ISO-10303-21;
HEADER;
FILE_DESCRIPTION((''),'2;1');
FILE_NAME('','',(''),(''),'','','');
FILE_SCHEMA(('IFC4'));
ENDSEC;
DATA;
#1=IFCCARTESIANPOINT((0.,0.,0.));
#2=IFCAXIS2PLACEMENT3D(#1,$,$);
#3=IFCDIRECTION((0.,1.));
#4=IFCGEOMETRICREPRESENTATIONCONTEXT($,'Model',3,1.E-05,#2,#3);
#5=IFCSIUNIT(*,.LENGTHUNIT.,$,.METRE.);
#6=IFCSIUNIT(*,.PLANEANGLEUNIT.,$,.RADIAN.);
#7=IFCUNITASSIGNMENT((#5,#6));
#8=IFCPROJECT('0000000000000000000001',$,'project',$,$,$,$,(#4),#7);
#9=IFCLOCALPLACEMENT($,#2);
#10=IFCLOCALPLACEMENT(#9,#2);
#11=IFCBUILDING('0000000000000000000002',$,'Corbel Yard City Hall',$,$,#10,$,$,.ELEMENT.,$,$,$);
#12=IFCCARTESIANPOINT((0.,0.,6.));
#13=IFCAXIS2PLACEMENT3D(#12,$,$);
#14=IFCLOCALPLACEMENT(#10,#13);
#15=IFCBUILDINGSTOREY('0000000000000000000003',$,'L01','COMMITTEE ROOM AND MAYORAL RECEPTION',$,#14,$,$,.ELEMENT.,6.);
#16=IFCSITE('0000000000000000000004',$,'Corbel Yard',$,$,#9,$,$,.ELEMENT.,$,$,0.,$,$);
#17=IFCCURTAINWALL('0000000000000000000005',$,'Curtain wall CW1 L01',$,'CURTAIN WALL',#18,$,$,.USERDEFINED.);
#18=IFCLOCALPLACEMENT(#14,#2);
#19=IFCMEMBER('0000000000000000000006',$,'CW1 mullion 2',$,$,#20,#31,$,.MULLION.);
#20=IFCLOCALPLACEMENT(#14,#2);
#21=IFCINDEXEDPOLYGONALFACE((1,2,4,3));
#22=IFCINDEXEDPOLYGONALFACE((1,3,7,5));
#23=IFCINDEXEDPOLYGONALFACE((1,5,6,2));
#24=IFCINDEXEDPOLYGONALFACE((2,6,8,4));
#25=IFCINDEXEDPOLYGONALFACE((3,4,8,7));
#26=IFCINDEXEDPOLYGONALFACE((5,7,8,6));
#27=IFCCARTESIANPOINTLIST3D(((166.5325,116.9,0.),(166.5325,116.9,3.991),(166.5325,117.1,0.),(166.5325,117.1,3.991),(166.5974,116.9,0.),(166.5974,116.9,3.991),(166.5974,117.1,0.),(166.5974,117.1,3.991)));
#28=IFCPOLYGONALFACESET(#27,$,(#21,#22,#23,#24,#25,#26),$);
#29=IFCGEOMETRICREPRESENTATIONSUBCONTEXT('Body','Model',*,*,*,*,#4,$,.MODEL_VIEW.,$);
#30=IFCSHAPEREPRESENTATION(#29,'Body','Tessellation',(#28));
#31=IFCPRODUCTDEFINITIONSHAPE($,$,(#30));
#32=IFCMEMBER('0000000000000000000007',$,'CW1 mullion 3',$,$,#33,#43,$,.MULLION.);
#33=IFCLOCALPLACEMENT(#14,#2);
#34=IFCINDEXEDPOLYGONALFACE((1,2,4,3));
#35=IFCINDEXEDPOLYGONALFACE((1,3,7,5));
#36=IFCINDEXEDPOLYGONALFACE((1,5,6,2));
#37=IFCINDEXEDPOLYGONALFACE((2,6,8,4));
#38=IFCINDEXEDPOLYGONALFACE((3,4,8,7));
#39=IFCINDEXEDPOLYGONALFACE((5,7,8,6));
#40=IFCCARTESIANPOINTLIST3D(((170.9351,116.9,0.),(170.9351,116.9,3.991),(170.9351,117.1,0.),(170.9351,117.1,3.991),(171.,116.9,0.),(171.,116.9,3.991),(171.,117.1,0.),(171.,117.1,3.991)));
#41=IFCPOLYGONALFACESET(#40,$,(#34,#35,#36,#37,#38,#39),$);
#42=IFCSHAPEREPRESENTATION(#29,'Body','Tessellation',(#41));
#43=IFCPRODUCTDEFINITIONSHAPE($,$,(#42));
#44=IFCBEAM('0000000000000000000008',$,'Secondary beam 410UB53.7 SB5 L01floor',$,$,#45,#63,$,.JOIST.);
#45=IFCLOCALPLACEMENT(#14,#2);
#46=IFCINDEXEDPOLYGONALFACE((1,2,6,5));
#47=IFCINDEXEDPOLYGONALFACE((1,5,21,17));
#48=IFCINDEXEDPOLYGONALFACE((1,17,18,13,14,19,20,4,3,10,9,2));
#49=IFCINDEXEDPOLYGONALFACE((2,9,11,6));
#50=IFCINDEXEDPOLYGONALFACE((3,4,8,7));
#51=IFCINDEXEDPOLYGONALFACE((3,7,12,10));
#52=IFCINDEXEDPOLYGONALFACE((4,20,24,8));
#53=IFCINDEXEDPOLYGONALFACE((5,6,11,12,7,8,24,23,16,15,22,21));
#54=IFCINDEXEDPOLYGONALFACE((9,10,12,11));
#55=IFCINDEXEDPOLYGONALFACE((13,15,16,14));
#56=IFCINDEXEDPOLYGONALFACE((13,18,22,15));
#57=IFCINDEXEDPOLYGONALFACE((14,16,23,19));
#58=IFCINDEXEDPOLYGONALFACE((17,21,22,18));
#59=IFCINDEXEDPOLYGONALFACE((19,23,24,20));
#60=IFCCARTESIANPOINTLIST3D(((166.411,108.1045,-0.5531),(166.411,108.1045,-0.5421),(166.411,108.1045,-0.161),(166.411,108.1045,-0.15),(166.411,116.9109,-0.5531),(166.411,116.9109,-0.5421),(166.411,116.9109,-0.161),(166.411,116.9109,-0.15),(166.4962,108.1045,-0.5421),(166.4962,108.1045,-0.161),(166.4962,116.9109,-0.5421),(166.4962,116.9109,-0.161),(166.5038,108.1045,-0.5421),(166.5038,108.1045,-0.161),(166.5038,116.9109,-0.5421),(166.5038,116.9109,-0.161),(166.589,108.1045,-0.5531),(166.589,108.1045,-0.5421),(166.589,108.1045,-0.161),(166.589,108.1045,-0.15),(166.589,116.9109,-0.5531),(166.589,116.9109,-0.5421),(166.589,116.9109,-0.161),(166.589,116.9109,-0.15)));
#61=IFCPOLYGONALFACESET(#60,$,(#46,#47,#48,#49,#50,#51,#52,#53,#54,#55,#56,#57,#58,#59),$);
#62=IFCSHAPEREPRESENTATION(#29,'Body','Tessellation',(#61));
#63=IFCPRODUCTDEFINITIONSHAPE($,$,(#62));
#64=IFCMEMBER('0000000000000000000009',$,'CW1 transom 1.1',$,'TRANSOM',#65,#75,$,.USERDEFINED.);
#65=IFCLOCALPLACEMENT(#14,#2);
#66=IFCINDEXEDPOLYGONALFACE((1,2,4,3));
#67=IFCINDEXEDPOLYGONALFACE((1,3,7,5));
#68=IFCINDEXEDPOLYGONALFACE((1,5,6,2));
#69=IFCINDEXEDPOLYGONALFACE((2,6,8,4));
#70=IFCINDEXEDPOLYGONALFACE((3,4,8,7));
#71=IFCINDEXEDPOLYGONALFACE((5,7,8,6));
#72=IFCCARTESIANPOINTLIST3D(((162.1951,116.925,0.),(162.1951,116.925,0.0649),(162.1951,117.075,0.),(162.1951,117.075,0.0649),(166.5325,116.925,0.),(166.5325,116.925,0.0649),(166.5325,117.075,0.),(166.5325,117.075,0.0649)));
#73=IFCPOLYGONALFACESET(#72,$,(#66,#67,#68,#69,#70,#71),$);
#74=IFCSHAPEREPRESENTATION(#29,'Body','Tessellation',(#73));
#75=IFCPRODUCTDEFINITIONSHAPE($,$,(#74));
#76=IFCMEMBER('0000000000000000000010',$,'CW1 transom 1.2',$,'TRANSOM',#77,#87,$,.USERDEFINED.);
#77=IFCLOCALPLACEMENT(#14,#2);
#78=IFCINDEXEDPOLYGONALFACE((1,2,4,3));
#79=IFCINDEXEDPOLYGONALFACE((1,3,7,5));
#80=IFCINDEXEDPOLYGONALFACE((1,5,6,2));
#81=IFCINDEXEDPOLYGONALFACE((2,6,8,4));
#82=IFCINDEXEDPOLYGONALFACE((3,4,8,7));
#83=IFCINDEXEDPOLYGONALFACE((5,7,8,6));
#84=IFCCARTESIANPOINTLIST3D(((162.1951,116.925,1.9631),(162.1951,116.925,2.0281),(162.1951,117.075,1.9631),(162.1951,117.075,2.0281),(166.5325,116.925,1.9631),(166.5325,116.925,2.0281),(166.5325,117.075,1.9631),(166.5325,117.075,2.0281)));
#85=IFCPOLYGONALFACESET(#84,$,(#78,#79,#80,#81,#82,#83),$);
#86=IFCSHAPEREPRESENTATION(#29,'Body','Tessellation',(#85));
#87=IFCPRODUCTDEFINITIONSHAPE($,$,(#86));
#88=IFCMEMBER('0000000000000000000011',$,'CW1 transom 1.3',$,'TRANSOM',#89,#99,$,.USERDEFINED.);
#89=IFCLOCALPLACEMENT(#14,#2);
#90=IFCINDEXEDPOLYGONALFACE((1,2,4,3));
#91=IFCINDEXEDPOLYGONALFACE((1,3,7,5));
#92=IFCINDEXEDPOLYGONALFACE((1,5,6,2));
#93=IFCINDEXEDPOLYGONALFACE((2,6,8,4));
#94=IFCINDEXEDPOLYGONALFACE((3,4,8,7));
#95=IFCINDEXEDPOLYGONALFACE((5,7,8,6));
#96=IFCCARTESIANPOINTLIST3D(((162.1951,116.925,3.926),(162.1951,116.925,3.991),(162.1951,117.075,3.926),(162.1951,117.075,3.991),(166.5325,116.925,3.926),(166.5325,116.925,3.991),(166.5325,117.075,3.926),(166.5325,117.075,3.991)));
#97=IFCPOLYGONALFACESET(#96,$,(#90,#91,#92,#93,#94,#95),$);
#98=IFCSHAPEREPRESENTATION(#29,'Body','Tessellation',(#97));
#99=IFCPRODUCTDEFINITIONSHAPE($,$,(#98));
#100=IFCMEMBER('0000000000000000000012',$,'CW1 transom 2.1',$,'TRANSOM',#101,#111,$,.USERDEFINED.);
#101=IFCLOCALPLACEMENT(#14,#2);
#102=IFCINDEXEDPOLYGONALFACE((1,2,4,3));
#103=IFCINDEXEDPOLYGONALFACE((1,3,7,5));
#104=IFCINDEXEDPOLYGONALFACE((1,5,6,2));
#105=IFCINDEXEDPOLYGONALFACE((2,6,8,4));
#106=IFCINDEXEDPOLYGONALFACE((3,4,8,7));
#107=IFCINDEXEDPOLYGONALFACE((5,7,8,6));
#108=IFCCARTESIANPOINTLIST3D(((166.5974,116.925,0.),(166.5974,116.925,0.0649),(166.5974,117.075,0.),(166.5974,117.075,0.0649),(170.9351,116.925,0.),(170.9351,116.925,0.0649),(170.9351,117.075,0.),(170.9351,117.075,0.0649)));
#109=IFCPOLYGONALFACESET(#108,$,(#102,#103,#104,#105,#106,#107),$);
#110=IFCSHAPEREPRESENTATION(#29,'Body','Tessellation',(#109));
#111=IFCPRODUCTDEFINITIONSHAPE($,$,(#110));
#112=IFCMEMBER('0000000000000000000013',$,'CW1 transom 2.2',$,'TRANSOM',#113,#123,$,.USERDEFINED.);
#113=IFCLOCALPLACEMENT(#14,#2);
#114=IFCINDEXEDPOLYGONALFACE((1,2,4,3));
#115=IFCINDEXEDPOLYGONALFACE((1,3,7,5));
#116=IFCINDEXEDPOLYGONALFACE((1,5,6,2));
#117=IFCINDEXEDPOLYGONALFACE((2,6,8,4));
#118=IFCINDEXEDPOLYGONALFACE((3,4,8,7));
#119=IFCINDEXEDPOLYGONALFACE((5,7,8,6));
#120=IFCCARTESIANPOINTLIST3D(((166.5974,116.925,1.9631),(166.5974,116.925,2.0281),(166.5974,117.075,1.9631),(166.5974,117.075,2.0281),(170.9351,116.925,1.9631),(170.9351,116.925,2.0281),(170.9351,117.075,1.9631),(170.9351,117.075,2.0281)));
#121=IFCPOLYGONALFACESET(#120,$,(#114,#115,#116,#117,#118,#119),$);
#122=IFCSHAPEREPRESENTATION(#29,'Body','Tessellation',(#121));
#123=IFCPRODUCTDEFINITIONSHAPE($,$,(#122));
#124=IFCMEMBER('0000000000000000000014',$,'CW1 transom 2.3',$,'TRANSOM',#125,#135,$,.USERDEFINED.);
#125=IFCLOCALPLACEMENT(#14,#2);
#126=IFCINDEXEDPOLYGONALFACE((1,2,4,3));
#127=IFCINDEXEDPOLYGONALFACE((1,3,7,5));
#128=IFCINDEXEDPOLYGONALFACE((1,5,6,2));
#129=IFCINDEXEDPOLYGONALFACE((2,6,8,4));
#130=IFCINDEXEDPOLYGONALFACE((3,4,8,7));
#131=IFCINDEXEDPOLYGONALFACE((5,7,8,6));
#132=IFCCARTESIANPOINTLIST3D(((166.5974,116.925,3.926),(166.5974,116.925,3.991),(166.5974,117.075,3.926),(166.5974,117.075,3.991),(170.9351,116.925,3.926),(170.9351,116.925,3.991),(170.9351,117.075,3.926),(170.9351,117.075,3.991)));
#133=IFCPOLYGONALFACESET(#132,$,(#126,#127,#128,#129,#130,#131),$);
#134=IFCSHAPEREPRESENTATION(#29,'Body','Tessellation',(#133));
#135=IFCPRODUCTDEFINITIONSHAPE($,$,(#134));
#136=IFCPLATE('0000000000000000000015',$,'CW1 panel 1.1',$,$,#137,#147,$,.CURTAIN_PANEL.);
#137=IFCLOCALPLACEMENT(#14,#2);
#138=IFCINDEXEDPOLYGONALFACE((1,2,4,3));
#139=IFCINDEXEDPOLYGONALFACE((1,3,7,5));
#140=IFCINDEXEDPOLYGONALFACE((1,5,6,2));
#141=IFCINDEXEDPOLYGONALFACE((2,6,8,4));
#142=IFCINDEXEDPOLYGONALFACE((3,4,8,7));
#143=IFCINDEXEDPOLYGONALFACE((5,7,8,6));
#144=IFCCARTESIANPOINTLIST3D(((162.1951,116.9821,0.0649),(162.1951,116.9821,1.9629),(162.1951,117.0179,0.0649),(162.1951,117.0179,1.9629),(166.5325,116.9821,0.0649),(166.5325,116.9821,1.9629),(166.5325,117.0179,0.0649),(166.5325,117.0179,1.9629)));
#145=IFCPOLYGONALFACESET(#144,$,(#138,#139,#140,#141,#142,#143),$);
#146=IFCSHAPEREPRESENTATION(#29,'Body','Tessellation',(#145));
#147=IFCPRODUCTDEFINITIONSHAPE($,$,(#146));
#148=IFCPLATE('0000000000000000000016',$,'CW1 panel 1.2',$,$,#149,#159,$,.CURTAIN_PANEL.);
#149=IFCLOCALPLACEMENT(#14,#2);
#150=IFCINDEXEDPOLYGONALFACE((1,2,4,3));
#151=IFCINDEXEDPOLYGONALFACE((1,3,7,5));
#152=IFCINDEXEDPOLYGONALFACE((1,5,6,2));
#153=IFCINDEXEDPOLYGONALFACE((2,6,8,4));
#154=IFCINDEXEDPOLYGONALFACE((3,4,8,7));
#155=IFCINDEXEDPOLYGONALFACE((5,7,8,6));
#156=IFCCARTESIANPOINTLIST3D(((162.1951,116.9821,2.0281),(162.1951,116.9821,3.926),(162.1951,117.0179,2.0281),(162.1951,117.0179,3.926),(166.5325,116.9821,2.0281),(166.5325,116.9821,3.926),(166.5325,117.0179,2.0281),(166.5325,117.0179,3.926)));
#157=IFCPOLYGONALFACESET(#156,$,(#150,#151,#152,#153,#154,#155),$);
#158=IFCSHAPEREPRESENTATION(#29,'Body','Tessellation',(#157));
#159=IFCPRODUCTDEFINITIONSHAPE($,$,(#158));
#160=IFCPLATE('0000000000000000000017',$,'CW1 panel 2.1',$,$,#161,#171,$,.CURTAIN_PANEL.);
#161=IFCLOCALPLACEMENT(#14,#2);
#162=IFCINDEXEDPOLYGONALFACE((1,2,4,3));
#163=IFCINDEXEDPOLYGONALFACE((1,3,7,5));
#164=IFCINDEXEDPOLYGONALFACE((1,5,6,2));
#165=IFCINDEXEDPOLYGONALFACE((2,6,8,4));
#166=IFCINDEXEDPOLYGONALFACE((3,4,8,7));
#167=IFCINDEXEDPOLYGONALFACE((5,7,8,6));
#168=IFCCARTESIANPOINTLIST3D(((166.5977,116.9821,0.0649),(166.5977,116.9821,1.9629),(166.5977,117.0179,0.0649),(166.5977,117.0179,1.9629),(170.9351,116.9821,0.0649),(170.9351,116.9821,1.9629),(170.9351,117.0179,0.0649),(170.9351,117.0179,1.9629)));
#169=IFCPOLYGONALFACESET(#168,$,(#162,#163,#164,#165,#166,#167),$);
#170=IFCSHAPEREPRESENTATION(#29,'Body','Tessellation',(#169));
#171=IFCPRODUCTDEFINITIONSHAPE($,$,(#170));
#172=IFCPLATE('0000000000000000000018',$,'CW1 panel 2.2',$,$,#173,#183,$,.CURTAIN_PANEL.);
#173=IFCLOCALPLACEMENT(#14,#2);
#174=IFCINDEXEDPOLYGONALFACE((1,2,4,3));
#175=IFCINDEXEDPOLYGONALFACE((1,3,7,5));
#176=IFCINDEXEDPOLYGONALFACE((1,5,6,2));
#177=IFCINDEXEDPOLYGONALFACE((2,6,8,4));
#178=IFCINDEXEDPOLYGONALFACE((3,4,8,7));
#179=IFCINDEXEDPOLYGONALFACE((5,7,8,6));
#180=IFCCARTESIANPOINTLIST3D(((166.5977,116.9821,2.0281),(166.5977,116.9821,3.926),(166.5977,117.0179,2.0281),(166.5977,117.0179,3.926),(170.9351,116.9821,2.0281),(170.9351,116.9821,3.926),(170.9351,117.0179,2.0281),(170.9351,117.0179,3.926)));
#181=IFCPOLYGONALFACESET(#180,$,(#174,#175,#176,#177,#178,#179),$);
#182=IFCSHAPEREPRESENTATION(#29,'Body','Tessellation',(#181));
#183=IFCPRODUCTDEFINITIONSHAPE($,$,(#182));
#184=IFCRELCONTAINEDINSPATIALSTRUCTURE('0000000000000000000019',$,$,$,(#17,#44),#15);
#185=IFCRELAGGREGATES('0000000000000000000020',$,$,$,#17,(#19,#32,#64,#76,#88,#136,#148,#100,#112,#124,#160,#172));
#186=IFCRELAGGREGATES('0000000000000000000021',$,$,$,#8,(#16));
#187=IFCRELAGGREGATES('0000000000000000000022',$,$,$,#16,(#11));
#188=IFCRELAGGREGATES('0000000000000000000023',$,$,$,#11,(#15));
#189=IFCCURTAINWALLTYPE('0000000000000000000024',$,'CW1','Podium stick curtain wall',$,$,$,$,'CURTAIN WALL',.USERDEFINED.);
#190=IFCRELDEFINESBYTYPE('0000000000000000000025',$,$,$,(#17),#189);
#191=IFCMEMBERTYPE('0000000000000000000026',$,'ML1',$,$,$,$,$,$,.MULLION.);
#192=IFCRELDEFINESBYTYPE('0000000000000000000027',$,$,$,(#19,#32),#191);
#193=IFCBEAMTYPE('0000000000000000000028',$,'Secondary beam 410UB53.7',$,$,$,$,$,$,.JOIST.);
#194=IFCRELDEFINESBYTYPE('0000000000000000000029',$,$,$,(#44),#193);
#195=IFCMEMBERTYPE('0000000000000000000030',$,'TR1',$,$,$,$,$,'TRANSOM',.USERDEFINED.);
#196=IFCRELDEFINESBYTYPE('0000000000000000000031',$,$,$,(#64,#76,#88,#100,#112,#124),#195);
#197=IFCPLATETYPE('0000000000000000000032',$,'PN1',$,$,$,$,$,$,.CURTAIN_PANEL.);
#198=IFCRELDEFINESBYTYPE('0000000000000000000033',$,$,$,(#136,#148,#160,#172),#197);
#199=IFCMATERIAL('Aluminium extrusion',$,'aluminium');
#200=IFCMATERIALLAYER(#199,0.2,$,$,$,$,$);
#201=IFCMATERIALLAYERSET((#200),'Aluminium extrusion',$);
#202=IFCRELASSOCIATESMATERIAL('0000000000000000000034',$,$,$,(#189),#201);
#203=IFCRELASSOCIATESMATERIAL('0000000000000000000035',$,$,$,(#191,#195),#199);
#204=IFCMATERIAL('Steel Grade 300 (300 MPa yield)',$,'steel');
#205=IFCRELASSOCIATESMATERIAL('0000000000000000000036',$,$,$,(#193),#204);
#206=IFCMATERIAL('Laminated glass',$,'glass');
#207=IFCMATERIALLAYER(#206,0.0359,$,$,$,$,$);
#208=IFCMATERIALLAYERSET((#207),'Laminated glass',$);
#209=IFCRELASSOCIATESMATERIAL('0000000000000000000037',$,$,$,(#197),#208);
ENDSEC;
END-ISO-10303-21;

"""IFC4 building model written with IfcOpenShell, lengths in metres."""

from ifc_helpers import new_model, si_unit, direction, frame, origin, origin_2d, place, context, subcontext, project, spatial, rectangle, i_section, extrude, material, layer, layer_set, material_profile, profile_set, type_object, element, aggregate, save


model = new_model("IFC4")

# Units and contexts
model_context = context("Model", 3, precision=1e-05, world=origin(), true_north=direction((0.0, 1.0)))
body_context = subcontext(model_context, "Body", "Model", "MODEL_VIEW")
ifc_project = project(units=[si_unit("LENGTHUNIT", "METRE"), si_unit("PLANEANGLEUNIT", "RADIAN")], contexts=[model_context])

# Site, building, storey
site_placement = place(None, origin())
site = spatial("IfcSite", under=ifc_project, at=site_placement, Name="Corbel Yard", CompositionType="ELEMENT", RefElevation=0.0)
building_placement = place(site_placement, origin())
building = spatial("IfcBuilding", under=site, at=building_placement, Name="Corbel Yard City Hall", CompositionType="ELEMENT")
storey_placement = place(building_placement, frame((0.0, 0.0, 6.0)))
storey = spatial("IfcBuildingStorey", under=building, at=storey_placement, Name="L01", Description="COMMITTEE ROOM AND MAYORAL RECEPTION", CompositionType="ELEMENT", Elevation=6.0)

# Curtain wall, members
ifc_material_1 = material(Name="Aluminium extrusion", Category="aluminium")
ifc_layer_1 = layer(ifc_material_1, 0.2)
ifc_layer_set_1 = layer_set([ifc_layer_1], Name="Aluminium extrusion")
curtain_wall_type = type_object("IfcCurtainWallType", Name="CW1", Description="Podium stick curtain wall", ElementType="CURTAIN WALL", PredefinedType="USERDEFINED", material=ifc_layer_set_1)
curtain_wall_placement = place(storey_placement, origin())
curtain_wall = element("IfcCurtainWall", 1, at=curtain_wall_placement, inside=storey, type_object=curtain_wall_type, Name="Curtain wall CW1 L01", ObjectType="CURTAIN WALL", PredefinedType="USERDEFINED")
ifc_material_profile_1 = material_profile(ifc_material_1, rectangle(XDim=0.2, YDim=0.0649, at=origin_2d()), Name="200x65")
ifc_profile_set_1 = profile_set([ifc_material_profile_1], Name="Aluminium extrusion")
member_type_1 = type_object("IfcMemberType", Name="ML1", PredefinedType="MULLION", material=ifc_profile_set_1)
member_1_placement = place(storey_placement, frame((166.5649, 117.0, 0.0), z_axis=(0.0, 0.0, 1.0), x_axis=(0.0, 1.0, 0.0)))
member_1 = element("IfcMember", 2, at=member_1_placement, type_object=member_type_1, Name="CW1 mullion 2", PredefinedType="MULLION", context=body_context, shape_type="SweptSolid", body=[
    extrude(rectangle(XDim=0.2, YDim=0.0649, at=origin_2d()), origin(), (0.0, 0.0, 1.0), 3.991),
])
member_2_placement = place(storey_placement, frame((170.9675, 117.0, 0.0), z_axis=(0.0, 0.0, 1.0), x_axis=(0.0, 1.0, 0.0)))
member_2 = element("IfcMember", 3, at=member_2_placement, type_object=member_type_1, Name="CW1 mullion 3", PredefinedType="MULLION", context=body_context, shape_type="SweptSolid", body=[
    extrude(rectangle(XDim=0.2, YDim=0.0649, at=origin_2d()), origin(), (0.0, 0.0, 1.0), 3.991),
])

# Beam
ifc_material_2 = material(Name="Steel Grade 300 (300 MPa yield)", Category="steel")
ifc_material_profile_2 = material_profile(ifc_material_2, i_section(OverallWidth=0.178, OverallDepth=0.4031, WebThickness=0.0076, FlangeThickness=0.011, at=origin_2d()), Name="410UB53.7")
ifc_profile_set_2 = profile_set([ifc_material_profile_2], Name="Steel Grade 300 (300 MPa yield)")
beam_type = type_object("IfcBeamType", Name="Secondary beam 410UB53.7", PredefinedType="JOIST", material=ifc_profile_set_2)
beam_placement = place(storey_placement, frame((166.5, 108.1045, -0.3516), z_axis=(0.0, 1.0, 0.0), x_axis=(-1.0, 0.0, 0.0)))
element("IfcBeam", 4, at=beam_placement, inside=storey, type_object=beam_type, Name="Secondary beam 410UB53.7 SB5 L01floor", PredefinedType="JOIST", context=body_context, shape_type="SweptSolid", body=[
    extrude(i_section(OverallWidth=0.178, OverallDepth=0.4031, WebThickness=0.0076, FlangeThickness=0.011, at=origin_2d()), origin(), (0.0, 0.0, 1.0), 8.8064),
])

# Members
ifc_material_profile_3 = material_profile(ifc_material_1, rectangle(XDim=0.1499, YDim=0.0649, at=origin_2d()), Name="150x65")
ifc_profile_set_3 = profile_set([ifc_material_profile_3], Name="Aluminium extrusion")
member_type_2 = type_object("IfcMemberType", Name="TR1", ElementType="TRANSOM", PredefinedType="USERDEFINED", material=ifc_profile_set_3)
member_3_placement = place(storey_placement, frame((162.1951, 117.0, 0.0325), z_axis=(1.0, 0.0, 0.0), x_axis=(0.0, 1.0, 0.0)))
member_3 = element("IfcMember", 5, at=member_3_placement, type_object=member_type_2, Name="CW1 transom 1.1", ObjectType="TRANSOM", PredefinedType="USERDEFINED", context=body_context, shape_type="SweptSolid", body=[
    extrude(rectangle(XDim=0.1499, YDim=0.0649, at=origin_2d()), origin(), (0.0, 0.0, 1.0), 4.3374),
])
member_4_placement = place(storey_placement, frame((162.1951, 117.0, 1.9956), z_axis=(1.0, 0.0, 0.0), x_axis=(0.0, 1.0, 0.0)))
member_4 = element("IfcMember", 6, at=member_4_placement, type_object=member_type_2, Name="CW1 transom 1.2", ObjectType="TRANSOM", PredefinedType="USERDEFINED", context=body_context, shape_type="SweptSolid", body=[
    extrude(rectangle(XDim=0.1499, YDim=0.0649, at=origin_2d()), origin(), (0.0, 0.0, 1.0), 4.3374),
])
member_5_placement = place(storey_placement, frame((162.1951, 117.0, 3.9585), z_axis=(1.0, 0.0, 0.0), x_axis=(0.0, 1.0, 0.0)))
member_5 = element("IfcMember", 7, at=member_5_placement, type_object=member_type_2, Name="CW1 transom 1.3", ObjectType="TRANSOM", PredefinedType="USERDEFINED", context=body_context, shape_type="SweptSolid", body=[
    extrude(rectangle(XDim=0.1499, YDim=0.0649, at=origin_2d()), origin(), (0.0, 0.0, 1.0), 4.3374),
])
member_6_placement = place(storey_placement, frame((166.5974, 117.0, 0.0325), z_axis=(1.0, 0.0, 0.0), x_axis=(0.0, 1.0, 0.0)))
member_6 = element("IfcMember", 8, at=member_6_placement, type_object=member_type_2, Name="CW1 transom 2.1", ObjectType="TRANSOM", PredefinedType="USERDEFINED", context=body_context, shape_type="SweptSolid", body=[
    extrude(rectangle(XDim=0.1499, YDim=0.0649, at=origin_2d()), origin(), (0.0, 0.0, 1.0), 4.3376),
])
member_7_placement = place(storey_placement, frame((166.5974, 117.0, 1.9956), z_axis=(1.0, 0.0, 0.0), x_axis=(0.0, 1.0, 0.0)))
member_7 = element("IfcMember", 9, at=member_7_placement, type_object=member_type_2, Name="CW1 transom 2.2", ObjectType="TRANSOM", PredefinedType="USERDEFINED", context=body_context, shape_type="SweptSolid", body=[
    extrude(rectangle(XDim=0.1499, YDim=0.0649, at=origin_2d()), origin(), (0.0, 0.0, 1.0), 4.3376),
])
member_8_placement = place(storey_placement, frame((166.5974, 117.0, 3.9585), z_axis=(1.0, 0.0, 0.0), x_axis=(0.0, 1.0, 0.0)))
member_8 = element("IfcMember", 10, at=member_8_placement, type_object=member_type_2, Name="CW1 transom 2.3", ObjectType="TRANSOM", PredefinedType="USERDEFINED", context=body_context, shape_type="SweptSolid", body=[
    extrude(rectangle(XDim=0.1499, YDim=0.0649, at=origin_2d()), origin(), (0.0, 0.0, 1.0), 4.3376),
])

# Plates
ifc_material_3 = material(Name="Laminated glass", Category="glass")
ifc_layer_2 = layer(ifc_material_3, 0.0359)
ifc_layer_set_2 = layer_set([ifc_layer_2], Name="Laminated glass")
plate_type = type_object("IfcPlateType", Name="PN1", PredefinedType="CURTAIN_PANEL", material=ifc_layer_set_2)
plate_1_placement = place(storey_placement, frame((164.3638, 117.0, 0.0649), z_axis=(0.0, 0.0, 1.0), x_axis=(1.0, 0.0, 0.0)))
plate_1 = element("IfcPlate", 11, at=plate_1_placement, type_object=plate_type, Name="CW1 panel 1.1", PredefinedType="CURTAIN_PANEL", context=body_context, shape_type="SweptSolid", body=[
    extrude(rectangle(XDim=4.3374, YDim=0.0359, at=origin_2d()), origin(), (0.0, 0.0, 1.0), 1.8979),
])
plate_2_placement = place(storey_placement, frame((164.3638, 117.0, 2.0281), z_axis=(0.0, 0.0, 1.0), x_axis=(1.0, 0.0, 0.0)))
plate_2 = element("IfcPlate", 12, at=plate_2_placement, type_object=plate_type, Name="CW1 panel 1.2", PredefinedType="CURTAIN_PANEL", context=body_context, shape_type="SweptSolid", body=[
    extrude(rectangle(XDim=4.3374, YDim=0.0359, at=origin_2d()), origin(), (0.0, 0.0, 1.0), 1.8979),
])
plate_3_placement = place(storey_placement, frame((168.7664, 117.0, 0.0649), z_axis=(0.0, 0.0, 1.0), x_axis=(1.0, 0.0, 0.0)))
plate_3 = element("IfcPlate", 13, at=plate_3_placement, type_object=plate_type, Name="CW1 panel 2.1", PredefinedType="CURTAIN_PANEL", context=body_context, shape_type="SweptSolid", body=[
    extrude(rectangle(XDim=4.3374, YDim=0.0359, at=origin_2d()), origin(), (0.0, 0.0, 1.0), 1.8979),
])
plate_4_placement = place(storey_placement, frame((168.7664, 117.0, 2.0281), z_axis=(0.0, 0.0, 1.0), x_axis=(1.0, 0.0, 0.0)))
plate_4 = element("IfcPlate", 14, at=plate_4_placement, type_object=plate_type, Name="CW1 panel 2.2", PredefinedType="CURTAIN_PANEL", context=body_context, shape_type="SweptSolid", body=[
    extrude(rectangle(XDim=4.3374, YDim=0.0359, at=origin_2d()), origin(), (0.0, 0.0, 1.0), 1.8979),
])
aggregate(curtain_wall, [member_1, member_2, member_3, member_4, member_5, plate_1, plate_2, member_6, member_7, member_8, plate_3, plate_4])

save(model, "model.ifc")
